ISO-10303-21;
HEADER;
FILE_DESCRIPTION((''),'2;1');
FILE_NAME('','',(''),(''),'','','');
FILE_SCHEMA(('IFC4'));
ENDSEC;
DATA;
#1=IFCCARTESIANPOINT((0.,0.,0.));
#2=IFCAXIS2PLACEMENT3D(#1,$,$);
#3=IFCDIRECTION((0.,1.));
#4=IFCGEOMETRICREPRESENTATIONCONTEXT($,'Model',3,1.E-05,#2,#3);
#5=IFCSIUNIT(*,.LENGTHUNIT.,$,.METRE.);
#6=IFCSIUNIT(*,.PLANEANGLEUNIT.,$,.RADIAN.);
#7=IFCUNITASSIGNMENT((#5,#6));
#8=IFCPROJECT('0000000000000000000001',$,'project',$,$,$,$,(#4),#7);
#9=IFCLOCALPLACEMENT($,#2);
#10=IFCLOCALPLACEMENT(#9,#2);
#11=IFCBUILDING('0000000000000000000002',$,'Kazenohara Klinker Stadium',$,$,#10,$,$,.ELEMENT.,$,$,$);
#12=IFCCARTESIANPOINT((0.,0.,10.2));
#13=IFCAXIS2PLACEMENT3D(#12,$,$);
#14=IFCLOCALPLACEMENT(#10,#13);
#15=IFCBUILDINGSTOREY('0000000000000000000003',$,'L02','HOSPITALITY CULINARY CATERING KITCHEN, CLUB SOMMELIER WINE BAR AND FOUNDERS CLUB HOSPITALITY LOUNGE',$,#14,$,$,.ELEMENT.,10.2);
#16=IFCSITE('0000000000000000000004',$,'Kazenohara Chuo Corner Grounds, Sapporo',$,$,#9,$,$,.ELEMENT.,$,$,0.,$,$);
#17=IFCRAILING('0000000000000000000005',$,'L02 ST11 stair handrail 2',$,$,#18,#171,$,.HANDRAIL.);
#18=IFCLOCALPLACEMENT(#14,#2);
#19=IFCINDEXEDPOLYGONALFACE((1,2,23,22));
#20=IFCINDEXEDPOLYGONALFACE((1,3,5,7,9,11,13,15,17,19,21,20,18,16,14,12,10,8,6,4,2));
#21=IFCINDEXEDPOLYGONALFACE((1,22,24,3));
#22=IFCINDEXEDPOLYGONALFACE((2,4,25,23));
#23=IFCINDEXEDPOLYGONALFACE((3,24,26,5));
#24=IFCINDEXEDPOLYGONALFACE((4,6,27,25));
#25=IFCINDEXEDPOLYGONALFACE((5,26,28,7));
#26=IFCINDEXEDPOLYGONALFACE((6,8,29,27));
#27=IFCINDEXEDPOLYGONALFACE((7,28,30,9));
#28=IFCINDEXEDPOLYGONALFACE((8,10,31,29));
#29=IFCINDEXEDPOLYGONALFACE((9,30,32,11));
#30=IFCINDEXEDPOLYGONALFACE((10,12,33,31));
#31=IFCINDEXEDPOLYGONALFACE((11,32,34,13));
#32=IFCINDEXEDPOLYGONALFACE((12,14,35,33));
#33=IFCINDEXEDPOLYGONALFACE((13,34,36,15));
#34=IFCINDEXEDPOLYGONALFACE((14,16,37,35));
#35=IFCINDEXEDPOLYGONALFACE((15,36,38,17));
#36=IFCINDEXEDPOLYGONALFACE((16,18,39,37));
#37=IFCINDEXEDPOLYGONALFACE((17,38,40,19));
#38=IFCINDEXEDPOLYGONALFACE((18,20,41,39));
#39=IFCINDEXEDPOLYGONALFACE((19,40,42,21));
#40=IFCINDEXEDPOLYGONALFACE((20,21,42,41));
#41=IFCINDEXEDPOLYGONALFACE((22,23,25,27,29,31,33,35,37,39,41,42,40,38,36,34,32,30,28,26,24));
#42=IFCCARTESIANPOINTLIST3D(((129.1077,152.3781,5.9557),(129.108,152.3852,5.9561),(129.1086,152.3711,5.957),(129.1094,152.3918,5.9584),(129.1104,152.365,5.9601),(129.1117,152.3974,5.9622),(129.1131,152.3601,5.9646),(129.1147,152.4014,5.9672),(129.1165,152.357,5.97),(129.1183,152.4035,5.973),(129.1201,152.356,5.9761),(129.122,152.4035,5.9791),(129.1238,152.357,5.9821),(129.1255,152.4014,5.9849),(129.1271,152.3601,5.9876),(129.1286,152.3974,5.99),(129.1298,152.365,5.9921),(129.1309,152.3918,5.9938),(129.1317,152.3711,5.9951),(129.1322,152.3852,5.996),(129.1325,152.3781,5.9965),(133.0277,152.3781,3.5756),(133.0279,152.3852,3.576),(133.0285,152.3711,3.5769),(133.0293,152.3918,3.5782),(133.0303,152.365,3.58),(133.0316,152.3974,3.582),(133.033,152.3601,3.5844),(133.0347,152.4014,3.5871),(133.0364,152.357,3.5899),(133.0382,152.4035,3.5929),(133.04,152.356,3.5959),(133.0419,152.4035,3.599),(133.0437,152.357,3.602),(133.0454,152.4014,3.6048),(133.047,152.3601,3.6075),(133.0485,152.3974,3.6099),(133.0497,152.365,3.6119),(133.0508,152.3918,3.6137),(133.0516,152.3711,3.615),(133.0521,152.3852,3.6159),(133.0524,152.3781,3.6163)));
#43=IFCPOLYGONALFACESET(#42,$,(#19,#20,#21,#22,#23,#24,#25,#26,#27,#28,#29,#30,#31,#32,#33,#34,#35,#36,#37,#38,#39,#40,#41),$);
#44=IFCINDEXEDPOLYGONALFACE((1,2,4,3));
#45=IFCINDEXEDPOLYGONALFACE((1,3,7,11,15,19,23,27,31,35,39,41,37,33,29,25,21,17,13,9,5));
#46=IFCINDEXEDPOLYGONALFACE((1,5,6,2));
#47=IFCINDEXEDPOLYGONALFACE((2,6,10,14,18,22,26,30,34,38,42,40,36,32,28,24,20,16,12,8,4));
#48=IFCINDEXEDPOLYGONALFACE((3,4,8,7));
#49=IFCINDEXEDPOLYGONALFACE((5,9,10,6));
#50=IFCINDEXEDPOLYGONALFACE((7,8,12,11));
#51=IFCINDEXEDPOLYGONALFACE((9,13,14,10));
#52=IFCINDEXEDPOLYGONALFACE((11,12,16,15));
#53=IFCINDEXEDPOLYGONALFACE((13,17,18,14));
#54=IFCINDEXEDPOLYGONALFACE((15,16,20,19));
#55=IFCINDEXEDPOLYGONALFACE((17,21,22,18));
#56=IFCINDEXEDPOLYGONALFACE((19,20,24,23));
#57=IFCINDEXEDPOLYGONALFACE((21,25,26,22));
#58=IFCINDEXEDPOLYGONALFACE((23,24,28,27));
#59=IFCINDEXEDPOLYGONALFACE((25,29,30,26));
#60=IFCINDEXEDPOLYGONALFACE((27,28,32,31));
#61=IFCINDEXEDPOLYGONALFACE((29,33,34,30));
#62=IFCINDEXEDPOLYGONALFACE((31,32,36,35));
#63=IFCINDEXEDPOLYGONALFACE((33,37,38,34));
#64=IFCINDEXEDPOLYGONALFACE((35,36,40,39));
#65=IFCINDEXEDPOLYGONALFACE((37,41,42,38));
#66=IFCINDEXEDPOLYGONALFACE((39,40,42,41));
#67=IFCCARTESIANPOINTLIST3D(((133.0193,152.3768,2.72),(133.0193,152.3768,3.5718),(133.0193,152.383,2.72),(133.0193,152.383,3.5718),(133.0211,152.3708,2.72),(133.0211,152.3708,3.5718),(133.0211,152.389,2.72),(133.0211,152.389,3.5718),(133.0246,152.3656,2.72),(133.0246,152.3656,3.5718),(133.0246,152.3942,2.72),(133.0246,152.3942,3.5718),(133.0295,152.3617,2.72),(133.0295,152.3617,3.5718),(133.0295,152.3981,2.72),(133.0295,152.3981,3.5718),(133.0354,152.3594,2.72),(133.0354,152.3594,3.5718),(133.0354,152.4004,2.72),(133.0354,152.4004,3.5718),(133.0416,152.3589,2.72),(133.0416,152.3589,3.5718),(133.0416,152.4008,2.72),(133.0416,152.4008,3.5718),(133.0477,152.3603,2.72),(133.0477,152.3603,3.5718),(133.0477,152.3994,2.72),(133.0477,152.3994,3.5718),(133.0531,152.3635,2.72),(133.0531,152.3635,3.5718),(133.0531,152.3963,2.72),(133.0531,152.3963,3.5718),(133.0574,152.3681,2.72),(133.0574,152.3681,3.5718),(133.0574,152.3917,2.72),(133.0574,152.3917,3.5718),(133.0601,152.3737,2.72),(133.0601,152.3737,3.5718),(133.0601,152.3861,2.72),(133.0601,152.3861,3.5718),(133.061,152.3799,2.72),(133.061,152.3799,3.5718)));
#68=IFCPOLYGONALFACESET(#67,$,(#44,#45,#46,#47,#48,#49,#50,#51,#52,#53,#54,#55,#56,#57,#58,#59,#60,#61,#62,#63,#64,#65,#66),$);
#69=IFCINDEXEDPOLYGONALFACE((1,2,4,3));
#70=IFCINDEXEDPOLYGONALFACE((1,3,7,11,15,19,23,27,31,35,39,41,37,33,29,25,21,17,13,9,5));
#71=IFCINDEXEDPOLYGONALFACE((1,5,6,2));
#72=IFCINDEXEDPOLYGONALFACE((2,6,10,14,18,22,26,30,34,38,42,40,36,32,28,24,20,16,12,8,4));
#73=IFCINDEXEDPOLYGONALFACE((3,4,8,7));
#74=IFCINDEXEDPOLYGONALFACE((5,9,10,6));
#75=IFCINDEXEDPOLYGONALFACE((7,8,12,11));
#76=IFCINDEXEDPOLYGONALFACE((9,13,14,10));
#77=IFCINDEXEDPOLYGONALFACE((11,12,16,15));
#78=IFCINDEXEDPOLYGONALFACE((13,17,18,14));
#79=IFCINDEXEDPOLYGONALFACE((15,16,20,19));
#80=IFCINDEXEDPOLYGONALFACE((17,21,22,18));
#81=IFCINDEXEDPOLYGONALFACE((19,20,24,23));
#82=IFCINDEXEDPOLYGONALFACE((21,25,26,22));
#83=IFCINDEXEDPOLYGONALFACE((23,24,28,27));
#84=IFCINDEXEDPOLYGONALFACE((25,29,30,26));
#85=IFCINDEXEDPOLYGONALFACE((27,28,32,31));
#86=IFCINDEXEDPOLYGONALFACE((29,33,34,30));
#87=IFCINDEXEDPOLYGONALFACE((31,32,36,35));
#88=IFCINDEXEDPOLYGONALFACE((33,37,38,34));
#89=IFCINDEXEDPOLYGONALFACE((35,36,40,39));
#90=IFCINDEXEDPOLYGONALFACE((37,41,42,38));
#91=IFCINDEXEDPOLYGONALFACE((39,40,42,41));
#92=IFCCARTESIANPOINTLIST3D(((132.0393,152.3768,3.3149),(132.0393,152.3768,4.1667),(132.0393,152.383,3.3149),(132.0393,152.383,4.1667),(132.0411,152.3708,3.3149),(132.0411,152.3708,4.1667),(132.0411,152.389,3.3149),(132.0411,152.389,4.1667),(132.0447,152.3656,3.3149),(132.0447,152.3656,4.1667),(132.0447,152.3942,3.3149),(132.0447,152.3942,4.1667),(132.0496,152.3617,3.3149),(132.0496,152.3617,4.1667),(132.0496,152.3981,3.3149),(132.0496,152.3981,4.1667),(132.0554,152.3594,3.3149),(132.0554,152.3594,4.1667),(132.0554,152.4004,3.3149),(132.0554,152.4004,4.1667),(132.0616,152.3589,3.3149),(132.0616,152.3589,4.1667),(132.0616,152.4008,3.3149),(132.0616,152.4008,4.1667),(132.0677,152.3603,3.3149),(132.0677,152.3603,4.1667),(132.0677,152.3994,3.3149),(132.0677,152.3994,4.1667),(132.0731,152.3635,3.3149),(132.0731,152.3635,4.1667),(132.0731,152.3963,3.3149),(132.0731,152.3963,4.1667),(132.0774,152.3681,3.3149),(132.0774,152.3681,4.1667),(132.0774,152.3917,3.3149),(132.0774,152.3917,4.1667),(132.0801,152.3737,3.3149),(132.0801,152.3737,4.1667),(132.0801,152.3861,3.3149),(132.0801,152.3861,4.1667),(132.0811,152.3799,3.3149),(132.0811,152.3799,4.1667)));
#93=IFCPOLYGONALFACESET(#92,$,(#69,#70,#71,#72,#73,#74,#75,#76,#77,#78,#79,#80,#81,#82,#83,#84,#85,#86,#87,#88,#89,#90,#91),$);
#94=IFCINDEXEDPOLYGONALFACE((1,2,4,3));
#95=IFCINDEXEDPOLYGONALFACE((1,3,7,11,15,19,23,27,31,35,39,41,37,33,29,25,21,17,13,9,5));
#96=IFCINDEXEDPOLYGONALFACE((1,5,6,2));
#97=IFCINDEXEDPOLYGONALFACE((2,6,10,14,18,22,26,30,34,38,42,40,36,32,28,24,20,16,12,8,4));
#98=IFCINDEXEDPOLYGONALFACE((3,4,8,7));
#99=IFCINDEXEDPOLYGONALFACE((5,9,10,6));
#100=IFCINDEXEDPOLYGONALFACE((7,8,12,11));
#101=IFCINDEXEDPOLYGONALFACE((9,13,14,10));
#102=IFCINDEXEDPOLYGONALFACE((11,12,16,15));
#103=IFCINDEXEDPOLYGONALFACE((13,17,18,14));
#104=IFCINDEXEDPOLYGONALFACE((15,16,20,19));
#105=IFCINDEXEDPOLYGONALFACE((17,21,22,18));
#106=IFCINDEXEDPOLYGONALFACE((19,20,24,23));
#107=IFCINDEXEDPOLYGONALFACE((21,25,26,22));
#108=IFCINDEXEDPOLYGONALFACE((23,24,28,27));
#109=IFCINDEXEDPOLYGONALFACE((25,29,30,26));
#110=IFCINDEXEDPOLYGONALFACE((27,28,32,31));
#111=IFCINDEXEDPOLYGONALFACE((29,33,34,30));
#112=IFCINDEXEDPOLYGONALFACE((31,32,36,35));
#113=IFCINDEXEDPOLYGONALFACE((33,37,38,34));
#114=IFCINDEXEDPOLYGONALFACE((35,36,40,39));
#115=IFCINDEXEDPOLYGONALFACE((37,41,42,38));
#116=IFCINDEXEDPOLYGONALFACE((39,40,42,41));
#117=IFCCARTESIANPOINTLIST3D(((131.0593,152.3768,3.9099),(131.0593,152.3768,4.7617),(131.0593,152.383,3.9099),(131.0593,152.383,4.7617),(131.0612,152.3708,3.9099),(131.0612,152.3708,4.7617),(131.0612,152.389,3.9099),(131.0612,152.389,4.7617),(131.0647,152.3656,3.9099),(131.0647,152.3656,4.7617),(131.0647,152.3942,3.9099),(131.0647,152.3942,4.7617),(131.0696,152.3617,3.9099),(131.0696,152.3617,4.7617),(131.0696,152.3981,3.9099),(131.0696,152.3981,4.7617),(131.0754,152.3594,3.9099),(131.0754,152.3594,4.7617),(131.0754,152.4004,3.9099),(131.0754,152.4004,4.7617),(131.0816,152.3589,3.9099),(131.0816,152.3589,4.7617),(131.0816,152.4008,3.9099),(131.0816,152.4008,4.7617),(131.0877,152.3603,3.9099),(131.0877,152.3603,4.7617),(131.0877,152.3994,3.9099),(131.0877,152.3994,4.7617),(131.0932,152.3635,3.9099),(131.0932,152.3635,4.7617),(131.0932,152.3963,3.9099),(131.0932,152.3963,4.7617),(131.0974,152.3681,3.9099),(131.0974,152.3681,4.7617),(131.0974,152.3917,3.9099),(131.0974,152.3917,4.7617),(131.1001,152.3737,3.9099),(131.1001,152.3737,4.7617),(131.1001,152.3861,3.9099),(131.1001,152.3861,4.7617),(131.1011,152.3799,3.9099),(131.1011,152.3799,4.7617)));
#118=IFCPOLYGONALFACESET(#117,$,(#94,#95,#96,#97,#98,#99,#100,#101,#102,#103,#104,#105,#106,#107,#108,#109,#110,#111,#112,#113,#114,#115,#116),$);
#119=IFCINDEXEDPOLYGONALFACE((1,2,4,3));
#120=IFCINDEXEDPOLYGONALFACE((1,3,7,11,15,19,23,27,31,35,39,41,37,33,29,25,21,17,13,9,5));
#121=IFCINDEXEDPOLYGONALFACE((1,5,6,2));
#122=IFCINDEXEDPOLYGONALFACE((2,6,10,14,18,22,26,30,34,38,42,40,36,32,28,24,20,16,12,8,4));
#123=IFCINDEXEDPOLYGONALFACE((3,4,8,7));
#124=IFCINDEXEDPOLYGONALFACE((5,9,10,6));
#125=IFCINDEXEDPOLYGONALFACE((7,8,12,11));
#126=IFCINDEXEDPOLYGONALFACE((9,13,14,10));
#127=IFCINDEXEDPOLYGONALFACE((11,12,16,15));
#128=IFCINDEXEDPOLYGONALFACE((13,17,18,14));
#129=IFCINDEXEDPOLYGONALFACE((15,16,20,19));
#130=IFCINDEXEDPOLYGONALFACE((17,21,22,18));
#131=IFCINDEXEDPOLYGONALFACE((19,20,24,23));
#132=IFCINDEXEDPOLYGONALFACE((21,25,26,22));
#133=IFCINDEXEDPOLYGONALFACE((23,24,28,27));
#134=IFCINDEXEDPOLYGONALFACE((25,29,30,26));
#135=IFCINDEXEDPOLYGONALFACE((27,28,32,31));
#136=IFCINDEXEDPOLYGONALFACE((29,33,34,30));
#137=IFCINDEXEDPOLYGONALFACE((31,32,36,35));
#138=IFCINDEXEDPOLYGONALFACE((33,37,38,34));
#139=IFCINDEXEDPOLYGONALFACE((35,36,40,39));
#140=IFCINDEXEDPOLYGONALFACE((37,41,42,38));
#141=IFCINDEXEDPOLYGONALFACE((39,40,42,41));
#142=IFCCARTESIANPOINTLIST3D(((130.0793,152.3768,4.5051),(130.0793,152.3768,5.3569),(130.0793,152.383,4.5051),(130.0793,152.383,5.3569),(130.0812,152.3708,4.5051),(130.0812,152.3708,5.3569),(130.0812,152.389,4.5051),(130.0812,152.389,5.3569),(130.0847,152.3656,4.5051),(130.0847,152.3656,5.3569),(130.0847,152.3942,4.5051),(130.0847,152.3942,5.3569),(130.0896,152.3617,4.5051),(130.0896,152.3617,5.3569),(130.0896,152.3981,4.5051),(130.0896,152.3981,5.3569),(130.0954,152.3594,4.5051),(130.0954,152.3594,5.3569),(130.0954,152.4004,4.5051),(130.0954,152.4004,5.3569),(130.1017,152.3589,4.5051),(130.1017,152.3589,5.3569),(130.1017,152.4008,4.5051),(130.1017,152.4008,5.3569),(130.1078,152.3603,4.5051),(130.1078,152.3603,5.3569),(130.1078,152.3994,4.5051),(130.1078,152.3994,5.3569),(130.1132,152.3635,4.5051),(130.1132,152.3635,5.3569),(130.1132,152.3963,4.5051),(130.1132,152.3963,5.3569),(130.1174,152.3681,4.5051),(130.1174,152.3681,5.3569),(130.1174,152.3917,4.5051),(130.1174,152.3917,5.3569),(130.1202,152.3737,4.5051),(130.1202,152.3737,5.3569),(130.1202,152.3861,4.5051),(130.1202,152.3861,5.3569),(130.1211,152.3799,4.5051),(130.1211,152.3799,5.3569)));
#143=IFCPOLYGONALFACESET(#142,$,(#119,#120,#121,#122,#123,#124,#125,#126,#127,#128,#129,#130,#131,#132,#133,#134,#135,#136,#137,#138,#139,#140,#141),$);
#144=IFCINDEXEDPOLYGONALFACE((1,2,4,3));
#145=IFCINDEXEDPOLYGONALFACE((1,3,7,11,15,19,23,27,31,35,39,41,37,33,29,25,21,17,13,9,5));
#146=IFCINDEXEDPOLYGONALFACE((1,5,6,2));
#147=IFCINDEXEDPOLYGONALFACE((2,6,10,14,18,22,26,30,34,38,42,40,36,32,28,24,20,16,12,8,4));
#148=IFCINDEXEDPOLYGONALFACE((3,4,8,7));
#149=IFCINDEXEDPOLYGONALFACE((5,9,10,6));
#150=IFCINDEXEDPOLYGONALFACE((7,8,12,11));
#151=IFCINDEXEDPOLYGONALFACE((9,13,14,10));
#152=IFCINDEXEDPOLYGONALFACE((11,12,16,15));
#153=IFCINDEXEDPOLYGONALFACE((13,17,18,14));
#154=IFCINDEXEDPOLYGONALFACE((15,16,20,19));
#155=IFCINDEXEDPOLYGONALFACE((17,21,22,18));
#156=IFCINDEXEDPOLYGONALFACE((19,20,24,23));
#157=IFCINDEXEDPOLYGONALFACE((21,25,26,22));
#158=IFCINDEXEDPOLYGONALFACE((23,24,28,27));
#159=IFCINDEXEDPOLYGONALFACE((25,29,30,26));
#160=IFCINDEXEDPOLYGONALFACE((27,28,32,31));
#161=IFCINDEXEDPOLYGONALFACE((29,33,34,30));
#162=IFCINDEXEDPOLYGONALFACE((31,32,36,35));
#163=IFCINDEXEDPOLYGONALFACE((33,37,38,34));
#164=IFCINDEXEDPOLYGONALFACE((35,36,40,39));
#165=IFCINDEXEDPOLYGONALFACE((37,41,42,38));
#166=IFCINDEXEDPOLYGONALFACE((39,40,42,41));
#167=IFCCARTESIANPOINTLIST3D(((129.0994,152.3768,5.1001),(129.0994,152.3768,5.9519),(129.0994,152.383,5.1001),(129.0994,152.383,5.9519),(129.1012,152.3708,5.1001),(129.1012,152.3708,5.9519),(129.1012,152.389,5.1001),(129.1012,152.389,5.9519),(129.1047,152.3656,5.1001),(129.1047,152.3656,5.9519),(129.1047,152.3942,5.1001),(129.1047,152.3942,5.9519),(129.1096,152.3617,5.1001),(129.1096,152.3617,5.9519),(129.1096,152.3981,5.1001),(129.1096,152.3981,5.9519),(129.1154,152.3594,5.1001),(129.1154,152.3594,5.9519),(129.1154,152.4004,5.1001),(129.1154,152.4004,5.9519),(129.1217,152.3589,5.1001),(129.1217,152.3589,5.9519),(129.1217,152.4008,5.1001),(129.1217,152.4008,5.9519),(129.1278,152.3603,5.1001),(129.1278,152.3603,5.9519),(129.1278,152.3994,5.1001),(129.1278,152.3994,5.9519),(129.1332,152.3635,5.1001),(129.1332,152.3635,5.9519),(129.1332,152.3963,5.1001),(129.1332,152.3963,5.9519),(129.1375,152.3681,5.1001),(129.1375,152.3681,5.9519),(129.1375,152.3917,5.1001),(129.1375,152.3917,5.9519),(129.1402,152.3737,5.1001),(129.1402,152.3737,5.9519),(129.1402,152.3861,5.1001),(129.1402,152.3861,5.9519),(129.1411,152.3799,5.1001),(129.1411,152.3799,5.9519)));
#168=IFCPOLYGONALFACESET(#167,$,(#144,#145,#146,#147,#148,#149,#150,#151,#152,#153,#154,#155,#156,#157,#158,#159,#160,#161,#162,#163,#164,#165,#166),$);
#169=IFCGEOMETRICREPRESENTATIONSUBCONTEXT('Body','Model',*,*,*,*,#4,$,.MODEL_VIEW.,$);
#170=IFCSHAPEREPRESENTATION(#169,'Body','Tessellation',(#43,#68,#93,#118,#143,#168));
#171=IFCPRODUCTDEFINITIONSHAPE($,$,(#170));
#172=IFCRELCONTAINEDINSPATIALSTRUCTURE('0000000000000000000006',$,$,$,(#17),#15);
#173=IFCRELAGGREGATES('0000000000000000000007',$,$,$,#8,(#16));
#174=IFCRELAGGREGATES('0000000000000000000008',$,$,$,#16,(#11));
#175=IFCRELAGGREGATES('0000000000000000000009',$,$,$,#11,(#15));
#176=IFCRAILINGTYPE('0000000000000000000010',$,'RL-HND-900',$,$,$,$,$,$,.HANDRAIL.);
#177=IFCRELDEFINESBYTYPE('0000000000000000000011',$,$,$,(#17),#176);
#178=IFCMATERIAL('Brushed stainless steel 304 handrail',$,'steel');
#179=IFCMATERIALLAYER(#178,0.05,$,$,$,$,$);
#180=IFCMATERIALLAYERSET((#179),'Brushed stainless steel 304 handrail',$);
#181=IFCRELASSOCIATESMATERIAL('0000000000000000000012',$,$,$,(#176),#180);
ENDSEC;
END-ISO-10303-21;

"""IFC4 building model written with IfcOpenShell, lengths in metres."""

from ifc_helpers import new_model, si_unit, direction, frame, origin, origin_2d, place, context, subcontext, project, spatial, circle, extrude, material, layer, layer_set, type_object, element, save


model = new_model("IFC4")

# Units and contexts
model_context = context("Model", 3, precision=1e-05, world=origin(), true_north=direction((0.0, 1.0)))
body_context = subcontext(model_context, "Body", "Model", "MODEL_VIEW")
ifc_project = project(units=[si_unit("LENGTHUNIT", "METRE"), si_unit("PLANEANGLEUNIT", "RADIAN")], contexts=[model_context])

# Site, building, storey
site_placement = place(None, origin())
site = spatial("IfcSite", under=ifc_project, at=site_placement, Name="Kazenohara Chuo Corner Grounds, Sapporo", CompositionType="ELEMENT", RefElevation=0.0)
building_placement = place(site_placement, origin())
building = spatial("IfcBuilding", under=site, at=building_placement, Name="Kazenohara Klinker Stadium", CompositionType="ELEMENT")
storey_placement = place(building_placement, frame((0.0, 0.0, 10.2)))
storey = spatial("IfcBuildingStorey", under=building, at=storey_placement, Name="L02", Description="HOSPITALITY CULINARY CATERING KITCHEN, CLUB SOMMELIER WINE BAR AND FOUNDERS CLUB HOSPITALITY LOUNGE", CompositionType="ELEMENT", Elevation=10.2)

# Railing
ifc_material_1 = material(Name="Brushed stainless steel 304 handrail", Category="steel")
ifc_layer_1 = layer(ifc_material_1, 0.05)
ifc_layer_set_1 = layer_set([ifc_layer_1], Name="Brushed stainless steel 304 handrail")
railing_type = type_object("IfcRailingType", Name="RL-HND-900", PredefinedType="HANDRAIL", material=ifc_layer_set_1)
railing_placement = place(storey_placement, frame((133.04, 152.3799, 2.72)))
element("IfcRailing", 1, at=railing_placement, inside=storey, type_object=railing_type, Name="L02 ST11 stair handrail 2", PredefinedType="HANDRAIL", context=body_context, shape_type="SweptSolid", body=[
    extrude(circle(Radius=0.0239, at=origin_2d()), frame((0.0, 0.0, 0.876), z_axis=(-0.854771, 0.0, 0.519006), x_axis=(0.0, -1.0, 0.0)), (0.0, 0.0, 1.0), 4.5859),
    extrude(circle(Radius=0.021, at=origin_2d()), origin(), (0.0, 0.0, 1.0), 0.8518),
    extrude(circle(Radius=0.021, at=origin_2d()), frame((-0.98, 0.0, 0.595)), (0.0, 0.0, 1.0), 0.8518),
    extrude(circle(Radius=0.021, at=origin_2d()), frame((-1.96, 0.0, 1.1899)), (0.0, 0.0, 1.0), 0.8518),
    extrude(circle(Radius=0.021, at=origin_2d()), frame((-2.9399, 0.0, 1.7852)), (0.0, 0.0, 1.0), 0.8518),
    extrude(circle(Radius=0.021, at=origin_2d()), frame((-3.9199, 0.0, 2.3801)), (0.0, 0.0, 1.0), 0.8518),
])

save(model, "model.ifc")
